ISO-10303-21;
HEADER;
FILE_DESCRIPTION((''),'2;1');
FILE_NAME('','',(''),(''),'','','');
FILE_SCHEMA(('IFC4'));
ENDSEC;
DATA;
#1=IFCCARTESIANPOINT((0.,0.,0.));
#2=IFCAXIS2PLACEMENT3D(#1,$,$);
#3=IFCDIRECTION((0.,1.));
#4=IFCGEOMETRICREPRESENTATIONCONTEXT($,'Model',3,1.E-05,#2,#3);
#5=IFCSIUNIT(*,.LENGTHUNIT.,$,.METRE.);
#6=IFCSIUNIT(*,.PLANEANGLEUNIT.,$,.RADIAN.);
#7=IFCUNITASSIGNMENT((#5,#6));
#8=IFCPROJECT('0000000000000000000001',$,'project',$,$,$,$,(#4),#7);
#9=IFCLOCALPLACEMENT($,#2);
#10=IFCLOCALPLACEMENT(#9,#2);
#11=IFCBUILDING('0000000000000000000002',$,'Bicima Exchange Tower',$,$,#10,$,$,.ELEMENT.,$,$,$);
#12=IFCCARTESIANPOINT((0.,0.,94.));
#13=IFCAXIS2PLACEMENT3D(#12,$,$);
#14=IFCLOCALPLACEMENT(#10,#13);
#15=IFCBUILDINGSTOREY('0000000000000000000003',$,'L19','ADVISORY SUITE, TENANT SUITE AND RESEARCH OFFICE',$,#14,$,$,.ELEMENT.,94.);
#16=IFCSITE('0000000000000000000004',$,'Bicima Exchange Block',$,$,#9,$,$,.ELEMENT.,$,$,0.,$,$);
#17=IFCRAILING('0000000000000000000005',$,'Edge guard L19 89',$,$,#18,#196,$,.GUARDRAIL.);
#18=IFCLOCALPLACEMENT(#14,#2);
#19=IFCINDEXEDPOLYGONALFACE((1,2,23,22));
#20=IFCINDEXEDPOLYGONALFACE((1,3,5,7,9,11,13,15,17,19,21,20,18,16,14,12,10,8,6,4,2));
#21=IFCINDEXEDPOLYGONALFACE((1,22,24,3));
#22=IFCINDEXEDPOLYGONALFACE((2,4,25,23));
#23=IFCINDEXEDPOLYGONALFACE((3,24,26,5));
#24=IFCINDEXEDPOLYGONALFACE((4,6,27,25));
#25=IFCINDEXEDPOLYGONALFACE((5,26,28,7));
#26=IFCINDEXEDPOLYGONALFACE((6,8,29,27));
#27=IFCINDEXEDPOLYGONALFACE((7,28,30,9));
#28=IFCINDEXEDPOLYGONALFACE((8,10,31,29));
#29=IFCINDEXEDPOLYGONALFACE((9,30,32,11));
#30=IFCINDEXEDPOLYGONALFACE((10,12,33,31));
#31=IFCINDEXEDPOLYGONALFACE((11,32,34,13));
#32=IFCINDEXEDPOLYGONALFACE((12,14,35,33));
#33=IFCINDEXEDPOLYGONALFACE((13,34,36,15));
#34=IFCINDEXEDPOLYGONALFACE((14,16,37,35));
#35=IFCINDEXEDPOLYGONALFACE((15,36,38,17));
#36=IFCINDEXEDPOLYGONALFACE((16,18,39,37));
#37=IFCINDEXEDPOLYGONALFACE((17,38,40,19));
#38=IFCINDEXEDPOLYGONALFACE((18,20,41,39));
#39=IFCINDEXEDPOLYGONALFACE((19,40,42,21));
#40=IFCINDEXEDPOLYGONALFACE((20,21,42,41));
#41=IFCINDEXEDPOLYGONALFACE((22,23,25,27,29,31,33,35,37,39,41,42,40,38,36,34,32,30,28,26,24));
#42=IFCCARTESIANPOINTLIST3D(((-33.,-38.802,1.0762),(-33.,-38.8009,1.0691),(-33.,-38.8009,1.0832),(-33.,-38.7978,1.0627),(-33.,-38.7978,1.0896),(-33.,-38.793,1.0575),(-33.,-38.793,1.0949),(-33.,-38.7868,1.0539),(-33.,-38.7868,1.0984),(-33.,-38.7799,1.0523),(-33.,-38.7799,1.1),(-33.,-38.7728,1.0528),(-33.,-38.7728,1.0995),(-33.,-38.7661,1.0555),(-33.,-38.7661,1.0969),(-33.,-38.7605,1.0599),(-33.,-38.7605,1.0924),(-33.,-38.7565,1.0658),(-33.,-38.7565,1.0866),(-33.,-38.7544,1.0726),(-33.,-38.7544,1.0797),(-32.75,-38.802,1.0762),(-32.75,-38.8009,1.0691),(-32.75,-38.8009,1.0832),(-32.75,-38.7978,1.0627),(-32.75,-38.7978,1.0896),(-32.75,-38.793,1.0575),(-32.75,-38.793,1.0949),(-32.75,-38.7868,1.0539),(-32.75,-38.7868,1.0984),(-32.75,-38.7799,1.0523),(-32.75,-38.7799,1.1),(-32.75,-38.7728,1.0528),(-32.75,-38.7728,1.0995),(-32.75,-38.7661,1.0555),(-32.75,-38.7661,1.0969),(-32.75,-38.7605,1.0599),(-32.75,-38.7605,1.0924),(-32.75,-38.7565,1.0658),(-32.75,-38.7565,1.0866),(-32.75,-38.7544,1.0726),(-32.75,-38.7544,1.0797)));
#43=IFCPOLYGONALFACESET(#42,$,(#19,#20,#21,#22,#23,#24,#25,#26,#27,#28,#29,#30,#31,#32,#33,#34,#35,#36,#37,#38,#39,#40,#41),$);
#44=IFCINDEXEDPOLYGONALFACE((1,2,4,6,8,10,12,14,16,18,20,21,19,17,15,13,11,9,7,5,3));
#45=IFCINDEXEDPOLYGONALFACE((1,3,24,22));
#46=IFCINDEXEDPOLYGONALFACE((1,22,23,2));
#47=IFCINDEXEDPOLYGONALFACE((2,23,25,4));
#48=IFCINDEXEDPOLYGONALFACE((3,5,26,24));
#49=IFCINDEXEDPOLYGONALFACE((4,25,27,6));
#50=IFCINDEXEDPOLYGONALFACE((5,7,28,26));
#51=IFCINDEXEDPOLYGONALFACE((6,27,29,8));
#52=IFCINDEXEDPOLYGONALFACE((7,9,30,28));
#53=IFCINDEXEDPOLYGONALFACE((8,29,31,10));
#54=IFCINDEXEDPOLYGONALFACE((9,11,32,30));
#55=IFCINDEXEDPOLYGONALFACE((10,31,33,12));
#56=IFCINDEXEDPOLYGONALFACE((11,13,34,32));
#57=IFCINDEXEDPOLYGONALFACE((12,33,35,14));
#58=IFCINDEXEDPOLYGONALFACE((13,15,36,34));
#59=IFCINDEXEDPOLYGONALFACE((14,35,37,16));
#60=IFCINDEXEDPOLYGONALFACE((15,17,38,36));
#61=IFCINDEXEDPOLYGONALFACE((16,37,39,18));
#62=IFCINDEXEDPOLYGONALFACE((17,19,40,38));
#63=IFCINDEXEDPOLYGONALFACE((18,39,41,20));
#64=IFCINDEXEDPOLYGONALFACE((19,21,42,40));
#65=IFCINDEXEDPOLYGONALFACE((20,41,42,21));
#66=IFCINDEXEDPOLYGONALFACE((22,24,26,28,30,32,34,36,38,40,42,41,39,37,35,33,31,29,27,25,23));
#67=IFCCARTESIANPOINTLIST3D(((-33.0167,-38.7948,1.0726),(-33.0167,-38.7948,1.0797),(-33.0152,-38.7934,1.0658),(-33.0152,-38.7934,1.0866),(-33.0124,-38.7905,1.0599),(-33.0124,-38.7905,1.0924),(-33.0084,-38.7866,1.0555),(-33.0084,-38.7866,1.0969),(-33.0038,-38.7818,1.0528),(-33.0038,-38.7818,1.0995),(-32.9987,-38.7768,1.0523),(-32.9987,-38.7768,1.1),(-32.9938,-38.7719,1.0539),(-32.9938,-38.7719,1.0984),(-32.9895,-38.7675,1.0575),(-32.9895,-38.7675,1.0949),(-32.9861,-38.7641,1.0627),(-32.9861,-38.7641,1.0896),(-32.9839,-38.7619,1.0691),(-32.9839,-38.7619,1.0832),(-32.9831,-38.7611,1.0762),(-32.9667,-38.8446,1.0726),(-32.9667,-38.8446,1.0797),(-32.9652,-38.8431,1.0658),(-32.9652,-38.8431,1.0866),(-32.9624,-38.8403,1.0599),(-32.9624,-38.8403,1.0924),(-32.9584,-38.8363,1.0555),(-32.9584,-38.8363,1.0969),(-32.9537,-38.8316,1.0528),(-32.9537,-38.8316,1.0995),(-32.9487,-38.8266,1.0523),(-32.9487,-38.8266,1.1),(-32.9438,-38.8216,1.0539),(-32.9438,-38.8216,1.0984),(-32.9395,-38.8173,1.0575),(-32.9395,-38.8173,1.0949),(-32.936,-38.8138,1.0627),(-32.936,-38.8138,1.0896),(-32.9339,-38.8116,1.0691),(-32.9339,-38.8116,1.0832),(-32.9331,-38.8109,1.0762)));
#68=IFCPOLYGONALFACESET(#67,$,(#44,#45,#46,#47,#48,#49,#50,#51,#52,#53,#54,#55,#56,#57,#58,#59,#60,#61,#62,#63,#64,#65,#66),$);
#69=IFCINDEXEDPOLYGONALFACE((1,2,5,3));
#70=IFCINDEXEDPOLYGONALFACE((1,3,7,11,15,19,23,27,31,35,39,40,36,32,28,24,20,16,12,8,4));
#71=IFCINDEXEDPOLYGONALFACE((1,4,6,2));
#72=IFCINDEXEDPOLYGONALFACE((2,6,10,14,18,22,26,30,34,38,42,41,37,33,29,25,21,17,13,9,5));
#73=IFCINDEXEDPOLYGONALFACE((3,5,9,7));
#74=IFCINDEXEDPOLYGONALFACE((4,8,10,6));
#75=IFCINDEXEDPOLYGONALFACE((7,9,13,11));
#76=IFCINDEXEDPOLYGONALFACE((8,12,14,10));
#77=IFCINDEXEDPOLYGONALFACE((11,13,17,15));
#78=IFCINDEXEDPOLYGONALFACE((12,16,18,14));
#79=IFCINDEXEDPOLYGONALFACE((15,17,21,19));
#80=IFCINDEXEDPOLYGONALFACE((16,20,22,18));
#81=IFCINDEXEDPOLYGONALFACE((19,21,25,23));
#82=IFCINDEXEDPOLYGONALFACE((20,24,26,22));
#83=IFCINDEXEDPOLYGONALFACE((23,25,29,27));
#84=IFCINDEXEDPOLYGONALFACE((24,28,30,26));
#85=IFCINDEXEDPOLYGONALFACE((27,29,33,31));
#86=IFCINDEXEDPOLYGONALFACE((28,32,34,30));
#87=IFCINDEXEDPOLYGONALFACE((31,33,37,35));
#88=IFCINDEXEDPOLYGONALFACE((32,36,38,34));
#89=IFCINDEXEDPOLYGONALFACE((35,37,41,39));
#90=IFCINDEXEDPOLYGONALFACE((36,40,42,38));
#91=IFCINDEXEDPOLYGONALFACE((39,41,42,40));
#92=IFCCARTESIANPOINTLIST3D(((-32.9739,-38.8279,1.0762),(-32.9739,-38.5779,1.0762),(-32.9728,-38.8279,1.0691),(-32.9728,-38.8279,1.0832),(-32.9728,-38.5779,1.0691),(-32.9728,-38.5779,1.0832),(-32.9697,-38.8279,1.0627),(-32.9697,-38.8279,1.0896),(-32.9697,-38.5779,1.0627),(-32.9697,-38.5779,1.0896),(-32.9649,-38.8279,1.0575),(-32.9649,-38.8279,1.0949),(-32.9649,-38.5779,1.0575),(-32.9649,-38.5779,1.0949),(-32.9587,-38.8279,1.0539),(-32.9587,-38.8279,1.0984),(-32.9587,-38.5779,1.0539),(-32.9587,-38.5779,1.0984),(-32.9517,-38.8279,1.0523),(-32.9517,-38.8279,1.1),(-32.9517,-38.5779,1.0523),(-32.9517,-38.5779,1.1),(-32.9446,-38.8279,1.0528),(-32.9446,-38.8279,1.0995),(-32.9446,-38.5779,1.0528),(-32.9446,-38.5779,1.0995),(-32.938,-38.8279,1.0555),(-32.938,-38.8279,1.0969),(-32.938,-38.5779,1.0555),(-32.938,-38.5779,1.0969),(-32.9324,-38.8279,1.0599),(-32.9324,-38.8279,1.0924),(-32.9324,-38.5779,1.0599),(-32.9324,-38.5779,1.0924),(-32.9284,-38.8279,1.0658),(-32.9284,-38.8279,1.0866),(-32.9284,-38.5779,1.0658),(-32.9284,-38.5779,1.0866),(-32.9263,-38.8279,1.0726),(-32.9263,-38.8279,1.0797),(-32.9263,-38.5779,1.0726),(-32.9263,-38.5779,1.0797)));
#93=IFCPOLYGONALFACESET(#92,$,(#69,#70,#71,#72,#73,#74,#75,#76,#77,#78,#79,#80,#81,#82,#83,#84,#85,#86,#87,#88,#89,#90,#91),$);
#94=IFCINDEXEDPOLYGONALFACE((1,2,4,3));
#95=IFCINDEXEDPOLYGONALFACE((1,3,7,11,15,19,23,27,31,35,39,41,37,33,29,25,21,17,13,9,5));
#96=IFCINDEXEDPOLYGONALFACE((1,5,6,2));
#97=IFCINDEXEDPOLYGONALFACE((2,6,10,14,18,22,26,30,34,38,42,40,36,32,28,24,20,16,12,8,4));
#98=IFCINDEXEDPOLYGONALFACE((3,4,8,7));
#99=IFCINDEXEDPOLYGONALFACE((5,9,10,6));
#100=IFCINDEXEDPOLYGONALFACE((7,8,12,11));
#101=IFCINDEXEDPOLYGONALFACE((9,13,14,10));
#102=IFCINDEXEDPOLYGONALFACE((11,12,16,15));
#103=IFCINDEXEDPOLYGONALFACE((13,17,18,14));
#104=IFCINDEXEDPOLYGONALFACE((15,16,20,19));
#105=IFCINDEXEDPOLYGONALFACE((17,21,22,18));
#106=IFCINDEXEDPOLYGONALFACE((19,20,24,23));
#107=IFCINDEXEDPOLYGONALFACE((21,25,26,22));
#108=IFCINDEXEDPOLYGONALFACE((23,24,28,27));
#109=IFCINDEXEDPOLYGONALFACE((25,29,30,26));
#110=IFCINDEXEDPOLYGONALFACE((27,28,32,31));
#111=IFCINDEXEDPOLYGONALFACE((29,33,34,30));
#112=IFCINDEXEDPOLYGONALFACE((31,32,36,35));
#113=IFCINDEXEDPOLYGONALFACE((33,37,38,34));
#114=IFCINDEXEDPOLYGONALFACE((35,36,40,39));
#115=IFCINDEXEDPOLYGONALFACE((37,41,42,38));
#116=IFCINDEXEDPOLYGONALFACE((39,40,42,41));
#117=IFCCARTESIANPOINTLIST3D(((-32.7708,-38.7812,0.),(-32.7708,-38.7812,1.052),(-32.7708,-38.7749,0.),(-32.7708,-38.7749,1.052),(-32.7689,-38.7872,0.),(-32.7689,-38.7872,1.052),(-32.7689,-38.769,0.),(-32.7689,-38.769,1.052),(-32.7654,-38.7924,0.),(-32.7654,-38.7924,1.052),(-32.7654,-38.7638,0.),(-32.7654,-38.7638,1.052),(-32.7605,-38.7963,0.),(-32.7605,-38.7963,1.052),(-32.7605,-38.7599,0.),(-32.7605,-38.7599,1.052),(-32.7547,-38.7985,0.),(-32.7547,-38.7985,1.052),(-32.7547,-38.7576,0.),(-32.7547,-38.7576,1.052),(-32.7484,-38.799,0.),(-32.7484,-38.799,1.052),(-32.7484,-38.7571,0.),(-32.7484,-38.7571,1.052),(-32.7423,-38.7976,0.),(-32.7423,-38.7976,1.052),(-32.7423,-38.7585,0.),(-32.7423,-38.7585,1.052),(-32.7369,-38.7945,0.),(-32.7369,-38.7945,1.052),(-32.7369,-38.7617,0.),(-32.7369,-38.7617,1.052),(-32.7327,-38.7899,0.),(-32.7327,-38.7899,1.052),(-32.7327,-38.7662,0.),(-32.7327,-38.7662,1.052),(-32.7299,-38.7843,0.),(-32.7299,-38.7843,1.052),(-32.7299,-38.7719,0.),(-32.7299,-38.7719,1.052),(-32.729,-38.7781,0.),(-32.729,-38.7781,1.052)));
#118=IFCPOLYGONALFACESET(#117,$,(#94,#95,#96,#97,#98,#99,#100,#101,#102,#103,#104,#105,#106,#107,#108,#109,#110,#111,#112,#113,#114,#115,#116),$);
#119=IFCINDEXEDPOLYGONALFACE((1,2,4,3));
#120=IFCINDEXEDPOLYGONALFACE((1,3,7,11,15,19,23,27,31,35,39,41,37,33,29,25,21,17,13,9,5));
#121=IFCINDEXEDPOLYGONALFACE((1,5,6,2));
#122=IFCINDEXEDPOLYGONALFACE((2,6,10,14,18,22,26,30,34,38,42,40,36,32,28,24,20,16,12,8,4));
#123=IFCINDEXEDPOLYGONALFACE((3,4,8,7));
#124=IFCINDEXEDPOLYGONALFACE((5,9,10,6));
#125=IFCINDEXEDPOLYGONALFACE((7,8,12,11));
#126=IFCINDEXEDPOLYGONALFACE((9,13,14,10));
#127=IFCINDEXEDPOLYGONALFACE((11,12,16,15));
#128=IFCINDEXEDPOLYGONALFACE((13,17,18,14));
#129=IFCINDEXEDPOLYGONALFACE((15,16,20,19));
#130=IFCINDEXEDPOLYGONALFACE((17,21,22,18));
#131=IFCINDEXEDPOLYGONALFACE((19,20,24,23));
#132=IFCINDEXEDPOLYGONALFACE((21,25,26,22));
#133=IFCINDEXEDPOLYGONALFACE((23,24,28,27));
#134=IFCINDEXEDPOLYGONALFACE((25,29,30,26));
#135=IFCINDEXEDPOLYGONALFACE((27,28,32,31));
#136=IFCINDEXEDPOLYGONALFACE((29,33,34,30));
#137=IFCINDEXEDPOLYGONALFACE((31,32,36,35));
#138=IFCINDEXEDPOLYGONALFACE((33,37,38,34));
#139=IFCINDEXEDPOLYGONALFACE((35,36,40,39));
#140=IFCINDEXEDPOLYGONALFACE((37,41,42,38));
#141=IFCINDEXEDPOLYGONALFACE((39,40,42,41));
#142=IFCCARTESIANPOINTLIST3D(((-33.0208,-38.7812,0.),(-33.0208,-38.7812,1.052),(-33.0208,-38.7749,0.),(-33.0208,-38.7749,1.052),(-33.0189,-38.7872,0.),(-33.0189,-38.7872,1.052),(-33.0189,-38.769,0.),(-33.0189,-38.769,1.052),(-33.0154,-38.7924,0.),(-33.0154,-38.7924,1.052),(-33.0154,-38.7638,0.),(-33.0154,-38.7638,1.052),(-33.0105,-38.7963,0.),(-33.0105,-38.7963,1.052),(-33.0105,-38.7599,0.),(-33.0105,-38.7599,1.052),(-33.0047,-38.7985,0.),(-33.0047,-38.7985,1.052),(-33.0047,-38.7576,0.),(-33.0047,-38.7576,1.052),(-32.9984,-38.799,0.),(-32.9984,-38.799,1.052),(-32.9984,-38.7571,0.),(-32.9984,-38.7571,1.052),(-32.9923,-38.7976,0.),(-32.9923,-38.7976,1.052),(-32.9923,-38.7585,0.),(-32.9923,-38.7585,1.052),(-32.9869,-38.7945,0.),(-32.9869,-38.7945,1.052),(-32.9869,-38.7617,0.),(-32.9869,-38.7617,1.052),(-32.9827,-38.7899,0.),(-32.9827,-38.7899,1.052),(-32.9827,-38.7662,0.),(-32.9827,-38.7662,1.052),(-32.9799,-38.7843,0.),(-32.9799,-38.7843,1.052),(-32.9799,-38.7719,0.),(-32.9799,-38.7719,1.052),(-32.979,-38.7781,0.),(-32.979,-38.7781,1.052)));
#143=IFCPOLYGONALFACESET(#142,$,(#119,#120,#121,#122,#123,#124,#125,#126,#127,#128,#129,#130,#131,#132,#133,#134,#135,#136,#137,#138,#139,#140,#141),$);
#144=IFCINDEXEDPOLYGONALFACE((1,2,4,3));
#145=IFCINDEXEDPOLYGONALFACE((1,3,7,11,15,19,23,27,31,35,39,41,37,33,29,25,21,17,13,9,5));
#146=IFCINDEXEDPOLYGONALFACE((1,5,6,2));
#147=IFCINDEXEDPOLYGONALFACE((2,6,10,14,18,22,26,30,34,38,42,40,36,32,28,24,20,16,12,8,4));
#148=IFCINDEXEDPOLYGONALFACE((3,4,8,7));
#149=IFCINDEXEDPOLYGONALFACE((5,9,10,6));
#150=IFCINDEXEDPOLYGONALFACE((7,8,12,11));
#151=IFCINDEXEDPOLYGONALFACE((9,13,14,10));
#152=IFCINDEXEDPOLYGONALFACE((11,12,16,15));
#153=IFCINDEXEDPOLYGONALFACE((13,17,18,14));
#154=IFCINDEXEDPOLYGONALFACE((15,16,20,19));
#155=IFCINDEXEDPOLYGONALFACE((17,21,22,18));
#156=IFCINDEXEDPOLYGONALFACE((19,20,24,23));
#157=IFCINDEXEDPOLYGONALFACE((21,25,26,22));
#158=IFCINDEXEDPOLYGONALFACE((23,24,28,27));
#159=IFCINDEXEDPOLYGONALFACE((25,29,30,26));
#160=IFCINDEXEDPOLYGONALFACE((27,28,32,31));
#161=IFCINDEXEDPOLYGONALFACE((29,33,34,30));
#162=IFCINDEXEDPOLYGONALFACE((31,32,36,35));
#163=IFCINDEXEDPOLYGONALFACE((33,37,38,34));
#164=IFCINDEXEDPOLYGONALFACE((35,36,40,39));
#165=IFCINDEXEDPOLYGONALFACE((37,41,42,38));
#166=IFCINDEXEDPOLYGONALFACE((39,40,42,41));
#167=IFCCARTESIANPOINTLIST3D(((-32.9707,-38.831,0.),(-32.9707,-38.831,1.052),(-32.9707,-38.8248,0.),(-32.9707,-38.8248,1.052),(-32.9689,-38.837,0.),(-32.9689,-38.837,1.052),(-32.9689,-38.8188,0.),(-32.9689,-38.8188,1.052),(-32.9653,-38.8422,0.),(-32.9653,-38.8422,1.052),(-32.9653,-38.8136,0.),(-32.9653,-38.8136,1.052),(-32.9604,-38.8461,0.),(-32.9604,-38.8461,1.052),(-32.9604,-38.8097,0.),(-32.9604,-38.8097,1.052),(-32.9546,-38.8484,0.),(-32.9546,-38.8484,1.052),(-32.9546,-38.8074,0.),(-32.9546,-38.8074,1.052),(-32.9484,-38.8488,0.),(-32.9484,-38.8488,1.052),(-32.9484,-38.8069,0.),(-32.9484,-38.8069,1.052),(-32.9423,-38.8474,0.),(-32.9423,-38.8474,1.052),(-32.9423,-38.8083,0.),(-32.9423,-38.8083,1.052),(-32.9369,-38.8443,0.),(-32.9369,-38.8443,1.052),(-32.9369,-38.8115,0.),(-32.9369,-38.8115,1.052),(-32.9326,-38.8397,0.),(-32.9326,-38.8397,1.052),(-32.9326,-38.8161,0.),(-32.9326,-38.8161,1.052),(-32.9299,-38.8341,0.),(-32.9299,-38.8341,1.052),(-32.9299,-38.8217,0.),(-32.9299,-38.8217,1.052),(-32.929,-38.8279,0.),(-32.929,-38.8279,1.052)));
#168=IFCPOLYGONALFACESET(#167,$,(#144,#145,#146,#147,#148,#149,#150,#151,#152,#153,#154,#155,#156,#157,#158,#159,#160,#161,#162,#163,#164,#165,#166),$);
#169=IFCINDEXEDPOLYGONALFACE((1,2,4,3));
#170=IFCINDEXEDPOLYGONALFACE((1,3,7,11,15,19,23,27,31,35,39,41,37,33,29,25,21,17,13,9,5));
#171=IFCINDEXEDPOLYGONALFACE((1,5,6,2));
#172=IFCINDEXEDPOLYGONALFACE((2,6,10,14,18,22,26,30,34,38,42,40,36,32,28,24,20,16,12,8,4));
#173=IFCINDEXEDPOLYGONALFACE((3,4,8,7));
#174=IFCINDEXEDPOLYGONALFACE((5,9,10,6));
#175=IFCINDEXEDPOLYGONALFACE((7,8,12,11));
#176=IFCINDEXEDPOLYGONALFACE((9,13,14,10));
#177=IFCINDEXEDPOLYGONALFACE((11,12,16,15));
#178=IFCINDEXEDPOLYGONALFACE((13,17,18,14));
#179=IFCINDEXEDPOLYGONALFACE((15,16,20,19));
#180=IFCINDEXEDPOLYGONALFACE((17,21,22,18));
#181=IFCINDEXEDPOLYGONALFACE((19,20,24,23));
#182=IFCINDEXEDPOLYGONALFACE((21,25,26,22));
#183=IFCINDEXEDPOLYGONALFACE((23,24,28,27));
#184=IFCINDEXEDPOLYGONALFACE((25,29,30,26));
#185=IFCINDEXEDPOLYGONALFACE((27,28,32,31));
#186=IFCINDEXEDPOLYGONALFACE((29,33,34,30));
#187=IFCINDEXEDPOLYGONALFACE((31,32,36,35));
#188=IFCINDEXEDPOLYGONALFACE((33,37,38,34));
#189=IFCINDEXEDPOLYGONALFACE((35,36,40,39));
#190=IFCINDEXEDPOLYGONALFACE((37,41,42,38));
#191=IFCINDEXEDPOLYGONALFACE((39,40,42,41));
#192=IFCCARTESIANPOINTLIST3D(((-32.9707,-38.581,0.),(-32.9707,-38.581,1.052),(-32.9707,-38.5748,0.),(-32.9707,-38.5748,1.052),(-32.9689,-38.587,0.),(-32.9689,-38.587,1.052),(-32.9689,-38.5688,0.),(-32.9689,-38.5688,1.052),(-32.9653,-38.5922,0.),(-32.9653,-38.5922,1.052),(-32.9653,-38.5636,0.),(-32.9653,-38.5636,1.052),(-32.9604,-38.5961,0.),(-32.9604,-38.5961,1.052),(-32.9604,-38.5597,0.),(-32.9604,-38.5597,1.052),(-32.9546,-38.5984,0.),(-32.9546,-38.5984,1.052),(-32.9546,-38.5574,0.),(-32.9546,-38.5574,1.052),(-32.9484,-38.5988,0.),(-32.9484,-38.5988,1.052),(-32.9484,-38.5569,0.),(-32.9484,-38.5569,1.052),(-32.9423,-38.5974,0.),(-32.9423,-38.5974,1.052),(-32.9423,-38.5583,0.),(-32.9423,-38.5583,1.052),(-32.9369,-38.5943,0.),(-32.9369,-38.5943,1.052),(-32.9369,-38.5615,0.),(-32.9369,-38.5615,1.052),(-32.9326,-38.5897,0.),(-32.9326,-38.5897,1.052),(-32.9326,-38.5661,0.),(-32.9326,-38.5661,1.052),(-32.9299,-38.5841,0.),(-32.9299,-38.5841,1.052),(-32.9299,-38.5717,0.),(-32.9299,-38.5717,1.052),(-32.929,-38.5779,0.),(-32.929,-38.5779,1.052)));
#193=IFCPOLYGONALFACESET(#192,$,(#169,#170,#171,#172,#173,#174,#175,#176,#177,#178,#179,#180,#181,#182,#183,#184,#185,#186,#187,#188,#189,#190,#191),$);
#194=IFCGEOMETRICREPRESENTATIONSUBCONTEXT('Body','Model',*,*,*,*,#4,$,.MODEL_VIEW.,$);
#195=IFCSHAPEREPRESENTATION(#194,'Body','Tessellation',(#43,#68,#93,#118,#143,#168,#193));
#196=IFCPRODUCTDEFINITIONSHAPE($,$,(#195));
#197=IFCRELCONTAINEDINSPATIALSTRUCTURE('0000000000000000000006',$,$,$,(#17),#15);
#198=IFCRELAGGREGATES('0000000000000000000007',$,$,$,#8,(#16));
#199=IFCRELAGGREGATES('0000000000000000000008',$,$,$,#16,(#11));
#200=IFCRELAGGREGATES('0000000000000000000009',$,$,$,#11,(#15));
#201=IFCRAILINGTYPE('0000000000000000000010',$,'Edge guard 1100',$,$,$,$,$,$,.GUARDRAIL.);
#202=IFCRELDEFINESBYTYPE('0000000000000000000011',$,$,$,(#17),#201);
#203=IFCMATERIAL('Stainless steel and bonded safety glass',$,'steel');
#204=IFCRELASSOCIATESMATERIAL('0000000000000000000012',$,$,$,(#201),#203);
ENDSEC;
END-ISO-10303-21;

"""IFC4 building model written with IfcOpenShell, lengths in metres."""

from ifc_helpers import new_model, si_unit, direction, frame, origin, origin_2d, place, context, subcontext, project, spatial, circle, extrude, material, type_object, element, save


model = new_model("IFC4")

# Units and contexts
model_context = context("Model", 3, precision=1e-05, world=origin(), true_north=direction((0.0, 1.0)))
body_context = subcontext(model_context, "Body", "Model", "MODEL_VIEW")
ifc_project = project(units=[si_unit("LENGTHUNIT", "METRE"), si_unit("PLANEANGLEUNIT", "RADIAN")], contexts=[model_context])

# Site, building, storey
site_placement = place(None, origin())
site = spatial("IfcSite", under=ifc_project, at=site_placement, Name="Bicima Exchange Block", CompositionType="ELEMENT", RefElevation=0.0)
building_placement = place(site_placement, origin())
building = spatial("IfcBuilding", under=site, at=building_placement, Name="Bicima Exchange Tower", CompositionType="ELEMENT")
storey_placement = place(building_placement, frame((0.0, 0.0, 94.0)))
storey = spatial("IfcBuildingStorey", under=building, at=storey_placement, Name="L19", Description="ADVISORY SUITE, TENANT SUITE AND RESEARCH OFFICE", CompositionType="ELEMENT", Elevation=94.0)

# Railing
ifc_material_1 = material(Name="Stainless steel and bonded safety glass", Category="steel")
railing_type = type_object("IfcRailingType", Name="Edge guard 1100", PredefinedType="GUARDRAIL", material=ifc_material_1)
railing_1_placement = place(storey_placement, frame((-32.75, -38.7781, 0.0)))
element("IfcRailing", 1, at=railing_1_placement, inside=storey, type_object=railing_type, Name="Edge guard L19 89", PredefinedType="GUARDRAIL", context=body_context, shape_type="SweptSolid", body=[
    extrude(circle(Radius=0.0239, at=origin_2d()), frame((0.0, 0.0, 1.0762), z_axis=(-1.0, 0.0, 0.0), x_axis=(0.0, -1.0, 0.0)), (0.0, 0.0, 1.0), 0.25),
    extrude(circle(Radius=0.0239, at=origin_2d()), frame((-0.25, 0.0, 1.0762), z_axis=(0.708834, -0.705376, 0.0), x_axis=(0.705376, 0.708834, 0.0)), (0.0, 0.0, 1.0), 0.0706),
    extrude(circle(Radius=0.0239, at=origin_2d()), frame((-0.2, -0.0498, 1.0762), z_axis=(0.0, 1.0, 0.0), x_axis=(-1.0, 0.0, 0.0)), (0.0, 0.0, 1.0), 0.25),
    extrude(circle(Radius=0.021, at=origin_2d()), origin(), (0.0, 0.0, 1.0), 1.052),
    extrude(circle(Radius=0.021, at=origin_2d()), frame((-0.25, 0.0, 0.0)), (0.0, 0.0, 1.0), 1.052),
    extrude(circle(Radius=0.021, at=origin_2d()), frame((-0.2, -0.0498, 0.0)), (0.0, 0.0, 1.0), 1.052),
    extrude(circle(Radius=0.021, at=origin_2d()), frame((-0.2, 0.2002, 0.0)), (0.0, 0.0, 1.0), 1.052),
])

save(model, "model.ifc")
